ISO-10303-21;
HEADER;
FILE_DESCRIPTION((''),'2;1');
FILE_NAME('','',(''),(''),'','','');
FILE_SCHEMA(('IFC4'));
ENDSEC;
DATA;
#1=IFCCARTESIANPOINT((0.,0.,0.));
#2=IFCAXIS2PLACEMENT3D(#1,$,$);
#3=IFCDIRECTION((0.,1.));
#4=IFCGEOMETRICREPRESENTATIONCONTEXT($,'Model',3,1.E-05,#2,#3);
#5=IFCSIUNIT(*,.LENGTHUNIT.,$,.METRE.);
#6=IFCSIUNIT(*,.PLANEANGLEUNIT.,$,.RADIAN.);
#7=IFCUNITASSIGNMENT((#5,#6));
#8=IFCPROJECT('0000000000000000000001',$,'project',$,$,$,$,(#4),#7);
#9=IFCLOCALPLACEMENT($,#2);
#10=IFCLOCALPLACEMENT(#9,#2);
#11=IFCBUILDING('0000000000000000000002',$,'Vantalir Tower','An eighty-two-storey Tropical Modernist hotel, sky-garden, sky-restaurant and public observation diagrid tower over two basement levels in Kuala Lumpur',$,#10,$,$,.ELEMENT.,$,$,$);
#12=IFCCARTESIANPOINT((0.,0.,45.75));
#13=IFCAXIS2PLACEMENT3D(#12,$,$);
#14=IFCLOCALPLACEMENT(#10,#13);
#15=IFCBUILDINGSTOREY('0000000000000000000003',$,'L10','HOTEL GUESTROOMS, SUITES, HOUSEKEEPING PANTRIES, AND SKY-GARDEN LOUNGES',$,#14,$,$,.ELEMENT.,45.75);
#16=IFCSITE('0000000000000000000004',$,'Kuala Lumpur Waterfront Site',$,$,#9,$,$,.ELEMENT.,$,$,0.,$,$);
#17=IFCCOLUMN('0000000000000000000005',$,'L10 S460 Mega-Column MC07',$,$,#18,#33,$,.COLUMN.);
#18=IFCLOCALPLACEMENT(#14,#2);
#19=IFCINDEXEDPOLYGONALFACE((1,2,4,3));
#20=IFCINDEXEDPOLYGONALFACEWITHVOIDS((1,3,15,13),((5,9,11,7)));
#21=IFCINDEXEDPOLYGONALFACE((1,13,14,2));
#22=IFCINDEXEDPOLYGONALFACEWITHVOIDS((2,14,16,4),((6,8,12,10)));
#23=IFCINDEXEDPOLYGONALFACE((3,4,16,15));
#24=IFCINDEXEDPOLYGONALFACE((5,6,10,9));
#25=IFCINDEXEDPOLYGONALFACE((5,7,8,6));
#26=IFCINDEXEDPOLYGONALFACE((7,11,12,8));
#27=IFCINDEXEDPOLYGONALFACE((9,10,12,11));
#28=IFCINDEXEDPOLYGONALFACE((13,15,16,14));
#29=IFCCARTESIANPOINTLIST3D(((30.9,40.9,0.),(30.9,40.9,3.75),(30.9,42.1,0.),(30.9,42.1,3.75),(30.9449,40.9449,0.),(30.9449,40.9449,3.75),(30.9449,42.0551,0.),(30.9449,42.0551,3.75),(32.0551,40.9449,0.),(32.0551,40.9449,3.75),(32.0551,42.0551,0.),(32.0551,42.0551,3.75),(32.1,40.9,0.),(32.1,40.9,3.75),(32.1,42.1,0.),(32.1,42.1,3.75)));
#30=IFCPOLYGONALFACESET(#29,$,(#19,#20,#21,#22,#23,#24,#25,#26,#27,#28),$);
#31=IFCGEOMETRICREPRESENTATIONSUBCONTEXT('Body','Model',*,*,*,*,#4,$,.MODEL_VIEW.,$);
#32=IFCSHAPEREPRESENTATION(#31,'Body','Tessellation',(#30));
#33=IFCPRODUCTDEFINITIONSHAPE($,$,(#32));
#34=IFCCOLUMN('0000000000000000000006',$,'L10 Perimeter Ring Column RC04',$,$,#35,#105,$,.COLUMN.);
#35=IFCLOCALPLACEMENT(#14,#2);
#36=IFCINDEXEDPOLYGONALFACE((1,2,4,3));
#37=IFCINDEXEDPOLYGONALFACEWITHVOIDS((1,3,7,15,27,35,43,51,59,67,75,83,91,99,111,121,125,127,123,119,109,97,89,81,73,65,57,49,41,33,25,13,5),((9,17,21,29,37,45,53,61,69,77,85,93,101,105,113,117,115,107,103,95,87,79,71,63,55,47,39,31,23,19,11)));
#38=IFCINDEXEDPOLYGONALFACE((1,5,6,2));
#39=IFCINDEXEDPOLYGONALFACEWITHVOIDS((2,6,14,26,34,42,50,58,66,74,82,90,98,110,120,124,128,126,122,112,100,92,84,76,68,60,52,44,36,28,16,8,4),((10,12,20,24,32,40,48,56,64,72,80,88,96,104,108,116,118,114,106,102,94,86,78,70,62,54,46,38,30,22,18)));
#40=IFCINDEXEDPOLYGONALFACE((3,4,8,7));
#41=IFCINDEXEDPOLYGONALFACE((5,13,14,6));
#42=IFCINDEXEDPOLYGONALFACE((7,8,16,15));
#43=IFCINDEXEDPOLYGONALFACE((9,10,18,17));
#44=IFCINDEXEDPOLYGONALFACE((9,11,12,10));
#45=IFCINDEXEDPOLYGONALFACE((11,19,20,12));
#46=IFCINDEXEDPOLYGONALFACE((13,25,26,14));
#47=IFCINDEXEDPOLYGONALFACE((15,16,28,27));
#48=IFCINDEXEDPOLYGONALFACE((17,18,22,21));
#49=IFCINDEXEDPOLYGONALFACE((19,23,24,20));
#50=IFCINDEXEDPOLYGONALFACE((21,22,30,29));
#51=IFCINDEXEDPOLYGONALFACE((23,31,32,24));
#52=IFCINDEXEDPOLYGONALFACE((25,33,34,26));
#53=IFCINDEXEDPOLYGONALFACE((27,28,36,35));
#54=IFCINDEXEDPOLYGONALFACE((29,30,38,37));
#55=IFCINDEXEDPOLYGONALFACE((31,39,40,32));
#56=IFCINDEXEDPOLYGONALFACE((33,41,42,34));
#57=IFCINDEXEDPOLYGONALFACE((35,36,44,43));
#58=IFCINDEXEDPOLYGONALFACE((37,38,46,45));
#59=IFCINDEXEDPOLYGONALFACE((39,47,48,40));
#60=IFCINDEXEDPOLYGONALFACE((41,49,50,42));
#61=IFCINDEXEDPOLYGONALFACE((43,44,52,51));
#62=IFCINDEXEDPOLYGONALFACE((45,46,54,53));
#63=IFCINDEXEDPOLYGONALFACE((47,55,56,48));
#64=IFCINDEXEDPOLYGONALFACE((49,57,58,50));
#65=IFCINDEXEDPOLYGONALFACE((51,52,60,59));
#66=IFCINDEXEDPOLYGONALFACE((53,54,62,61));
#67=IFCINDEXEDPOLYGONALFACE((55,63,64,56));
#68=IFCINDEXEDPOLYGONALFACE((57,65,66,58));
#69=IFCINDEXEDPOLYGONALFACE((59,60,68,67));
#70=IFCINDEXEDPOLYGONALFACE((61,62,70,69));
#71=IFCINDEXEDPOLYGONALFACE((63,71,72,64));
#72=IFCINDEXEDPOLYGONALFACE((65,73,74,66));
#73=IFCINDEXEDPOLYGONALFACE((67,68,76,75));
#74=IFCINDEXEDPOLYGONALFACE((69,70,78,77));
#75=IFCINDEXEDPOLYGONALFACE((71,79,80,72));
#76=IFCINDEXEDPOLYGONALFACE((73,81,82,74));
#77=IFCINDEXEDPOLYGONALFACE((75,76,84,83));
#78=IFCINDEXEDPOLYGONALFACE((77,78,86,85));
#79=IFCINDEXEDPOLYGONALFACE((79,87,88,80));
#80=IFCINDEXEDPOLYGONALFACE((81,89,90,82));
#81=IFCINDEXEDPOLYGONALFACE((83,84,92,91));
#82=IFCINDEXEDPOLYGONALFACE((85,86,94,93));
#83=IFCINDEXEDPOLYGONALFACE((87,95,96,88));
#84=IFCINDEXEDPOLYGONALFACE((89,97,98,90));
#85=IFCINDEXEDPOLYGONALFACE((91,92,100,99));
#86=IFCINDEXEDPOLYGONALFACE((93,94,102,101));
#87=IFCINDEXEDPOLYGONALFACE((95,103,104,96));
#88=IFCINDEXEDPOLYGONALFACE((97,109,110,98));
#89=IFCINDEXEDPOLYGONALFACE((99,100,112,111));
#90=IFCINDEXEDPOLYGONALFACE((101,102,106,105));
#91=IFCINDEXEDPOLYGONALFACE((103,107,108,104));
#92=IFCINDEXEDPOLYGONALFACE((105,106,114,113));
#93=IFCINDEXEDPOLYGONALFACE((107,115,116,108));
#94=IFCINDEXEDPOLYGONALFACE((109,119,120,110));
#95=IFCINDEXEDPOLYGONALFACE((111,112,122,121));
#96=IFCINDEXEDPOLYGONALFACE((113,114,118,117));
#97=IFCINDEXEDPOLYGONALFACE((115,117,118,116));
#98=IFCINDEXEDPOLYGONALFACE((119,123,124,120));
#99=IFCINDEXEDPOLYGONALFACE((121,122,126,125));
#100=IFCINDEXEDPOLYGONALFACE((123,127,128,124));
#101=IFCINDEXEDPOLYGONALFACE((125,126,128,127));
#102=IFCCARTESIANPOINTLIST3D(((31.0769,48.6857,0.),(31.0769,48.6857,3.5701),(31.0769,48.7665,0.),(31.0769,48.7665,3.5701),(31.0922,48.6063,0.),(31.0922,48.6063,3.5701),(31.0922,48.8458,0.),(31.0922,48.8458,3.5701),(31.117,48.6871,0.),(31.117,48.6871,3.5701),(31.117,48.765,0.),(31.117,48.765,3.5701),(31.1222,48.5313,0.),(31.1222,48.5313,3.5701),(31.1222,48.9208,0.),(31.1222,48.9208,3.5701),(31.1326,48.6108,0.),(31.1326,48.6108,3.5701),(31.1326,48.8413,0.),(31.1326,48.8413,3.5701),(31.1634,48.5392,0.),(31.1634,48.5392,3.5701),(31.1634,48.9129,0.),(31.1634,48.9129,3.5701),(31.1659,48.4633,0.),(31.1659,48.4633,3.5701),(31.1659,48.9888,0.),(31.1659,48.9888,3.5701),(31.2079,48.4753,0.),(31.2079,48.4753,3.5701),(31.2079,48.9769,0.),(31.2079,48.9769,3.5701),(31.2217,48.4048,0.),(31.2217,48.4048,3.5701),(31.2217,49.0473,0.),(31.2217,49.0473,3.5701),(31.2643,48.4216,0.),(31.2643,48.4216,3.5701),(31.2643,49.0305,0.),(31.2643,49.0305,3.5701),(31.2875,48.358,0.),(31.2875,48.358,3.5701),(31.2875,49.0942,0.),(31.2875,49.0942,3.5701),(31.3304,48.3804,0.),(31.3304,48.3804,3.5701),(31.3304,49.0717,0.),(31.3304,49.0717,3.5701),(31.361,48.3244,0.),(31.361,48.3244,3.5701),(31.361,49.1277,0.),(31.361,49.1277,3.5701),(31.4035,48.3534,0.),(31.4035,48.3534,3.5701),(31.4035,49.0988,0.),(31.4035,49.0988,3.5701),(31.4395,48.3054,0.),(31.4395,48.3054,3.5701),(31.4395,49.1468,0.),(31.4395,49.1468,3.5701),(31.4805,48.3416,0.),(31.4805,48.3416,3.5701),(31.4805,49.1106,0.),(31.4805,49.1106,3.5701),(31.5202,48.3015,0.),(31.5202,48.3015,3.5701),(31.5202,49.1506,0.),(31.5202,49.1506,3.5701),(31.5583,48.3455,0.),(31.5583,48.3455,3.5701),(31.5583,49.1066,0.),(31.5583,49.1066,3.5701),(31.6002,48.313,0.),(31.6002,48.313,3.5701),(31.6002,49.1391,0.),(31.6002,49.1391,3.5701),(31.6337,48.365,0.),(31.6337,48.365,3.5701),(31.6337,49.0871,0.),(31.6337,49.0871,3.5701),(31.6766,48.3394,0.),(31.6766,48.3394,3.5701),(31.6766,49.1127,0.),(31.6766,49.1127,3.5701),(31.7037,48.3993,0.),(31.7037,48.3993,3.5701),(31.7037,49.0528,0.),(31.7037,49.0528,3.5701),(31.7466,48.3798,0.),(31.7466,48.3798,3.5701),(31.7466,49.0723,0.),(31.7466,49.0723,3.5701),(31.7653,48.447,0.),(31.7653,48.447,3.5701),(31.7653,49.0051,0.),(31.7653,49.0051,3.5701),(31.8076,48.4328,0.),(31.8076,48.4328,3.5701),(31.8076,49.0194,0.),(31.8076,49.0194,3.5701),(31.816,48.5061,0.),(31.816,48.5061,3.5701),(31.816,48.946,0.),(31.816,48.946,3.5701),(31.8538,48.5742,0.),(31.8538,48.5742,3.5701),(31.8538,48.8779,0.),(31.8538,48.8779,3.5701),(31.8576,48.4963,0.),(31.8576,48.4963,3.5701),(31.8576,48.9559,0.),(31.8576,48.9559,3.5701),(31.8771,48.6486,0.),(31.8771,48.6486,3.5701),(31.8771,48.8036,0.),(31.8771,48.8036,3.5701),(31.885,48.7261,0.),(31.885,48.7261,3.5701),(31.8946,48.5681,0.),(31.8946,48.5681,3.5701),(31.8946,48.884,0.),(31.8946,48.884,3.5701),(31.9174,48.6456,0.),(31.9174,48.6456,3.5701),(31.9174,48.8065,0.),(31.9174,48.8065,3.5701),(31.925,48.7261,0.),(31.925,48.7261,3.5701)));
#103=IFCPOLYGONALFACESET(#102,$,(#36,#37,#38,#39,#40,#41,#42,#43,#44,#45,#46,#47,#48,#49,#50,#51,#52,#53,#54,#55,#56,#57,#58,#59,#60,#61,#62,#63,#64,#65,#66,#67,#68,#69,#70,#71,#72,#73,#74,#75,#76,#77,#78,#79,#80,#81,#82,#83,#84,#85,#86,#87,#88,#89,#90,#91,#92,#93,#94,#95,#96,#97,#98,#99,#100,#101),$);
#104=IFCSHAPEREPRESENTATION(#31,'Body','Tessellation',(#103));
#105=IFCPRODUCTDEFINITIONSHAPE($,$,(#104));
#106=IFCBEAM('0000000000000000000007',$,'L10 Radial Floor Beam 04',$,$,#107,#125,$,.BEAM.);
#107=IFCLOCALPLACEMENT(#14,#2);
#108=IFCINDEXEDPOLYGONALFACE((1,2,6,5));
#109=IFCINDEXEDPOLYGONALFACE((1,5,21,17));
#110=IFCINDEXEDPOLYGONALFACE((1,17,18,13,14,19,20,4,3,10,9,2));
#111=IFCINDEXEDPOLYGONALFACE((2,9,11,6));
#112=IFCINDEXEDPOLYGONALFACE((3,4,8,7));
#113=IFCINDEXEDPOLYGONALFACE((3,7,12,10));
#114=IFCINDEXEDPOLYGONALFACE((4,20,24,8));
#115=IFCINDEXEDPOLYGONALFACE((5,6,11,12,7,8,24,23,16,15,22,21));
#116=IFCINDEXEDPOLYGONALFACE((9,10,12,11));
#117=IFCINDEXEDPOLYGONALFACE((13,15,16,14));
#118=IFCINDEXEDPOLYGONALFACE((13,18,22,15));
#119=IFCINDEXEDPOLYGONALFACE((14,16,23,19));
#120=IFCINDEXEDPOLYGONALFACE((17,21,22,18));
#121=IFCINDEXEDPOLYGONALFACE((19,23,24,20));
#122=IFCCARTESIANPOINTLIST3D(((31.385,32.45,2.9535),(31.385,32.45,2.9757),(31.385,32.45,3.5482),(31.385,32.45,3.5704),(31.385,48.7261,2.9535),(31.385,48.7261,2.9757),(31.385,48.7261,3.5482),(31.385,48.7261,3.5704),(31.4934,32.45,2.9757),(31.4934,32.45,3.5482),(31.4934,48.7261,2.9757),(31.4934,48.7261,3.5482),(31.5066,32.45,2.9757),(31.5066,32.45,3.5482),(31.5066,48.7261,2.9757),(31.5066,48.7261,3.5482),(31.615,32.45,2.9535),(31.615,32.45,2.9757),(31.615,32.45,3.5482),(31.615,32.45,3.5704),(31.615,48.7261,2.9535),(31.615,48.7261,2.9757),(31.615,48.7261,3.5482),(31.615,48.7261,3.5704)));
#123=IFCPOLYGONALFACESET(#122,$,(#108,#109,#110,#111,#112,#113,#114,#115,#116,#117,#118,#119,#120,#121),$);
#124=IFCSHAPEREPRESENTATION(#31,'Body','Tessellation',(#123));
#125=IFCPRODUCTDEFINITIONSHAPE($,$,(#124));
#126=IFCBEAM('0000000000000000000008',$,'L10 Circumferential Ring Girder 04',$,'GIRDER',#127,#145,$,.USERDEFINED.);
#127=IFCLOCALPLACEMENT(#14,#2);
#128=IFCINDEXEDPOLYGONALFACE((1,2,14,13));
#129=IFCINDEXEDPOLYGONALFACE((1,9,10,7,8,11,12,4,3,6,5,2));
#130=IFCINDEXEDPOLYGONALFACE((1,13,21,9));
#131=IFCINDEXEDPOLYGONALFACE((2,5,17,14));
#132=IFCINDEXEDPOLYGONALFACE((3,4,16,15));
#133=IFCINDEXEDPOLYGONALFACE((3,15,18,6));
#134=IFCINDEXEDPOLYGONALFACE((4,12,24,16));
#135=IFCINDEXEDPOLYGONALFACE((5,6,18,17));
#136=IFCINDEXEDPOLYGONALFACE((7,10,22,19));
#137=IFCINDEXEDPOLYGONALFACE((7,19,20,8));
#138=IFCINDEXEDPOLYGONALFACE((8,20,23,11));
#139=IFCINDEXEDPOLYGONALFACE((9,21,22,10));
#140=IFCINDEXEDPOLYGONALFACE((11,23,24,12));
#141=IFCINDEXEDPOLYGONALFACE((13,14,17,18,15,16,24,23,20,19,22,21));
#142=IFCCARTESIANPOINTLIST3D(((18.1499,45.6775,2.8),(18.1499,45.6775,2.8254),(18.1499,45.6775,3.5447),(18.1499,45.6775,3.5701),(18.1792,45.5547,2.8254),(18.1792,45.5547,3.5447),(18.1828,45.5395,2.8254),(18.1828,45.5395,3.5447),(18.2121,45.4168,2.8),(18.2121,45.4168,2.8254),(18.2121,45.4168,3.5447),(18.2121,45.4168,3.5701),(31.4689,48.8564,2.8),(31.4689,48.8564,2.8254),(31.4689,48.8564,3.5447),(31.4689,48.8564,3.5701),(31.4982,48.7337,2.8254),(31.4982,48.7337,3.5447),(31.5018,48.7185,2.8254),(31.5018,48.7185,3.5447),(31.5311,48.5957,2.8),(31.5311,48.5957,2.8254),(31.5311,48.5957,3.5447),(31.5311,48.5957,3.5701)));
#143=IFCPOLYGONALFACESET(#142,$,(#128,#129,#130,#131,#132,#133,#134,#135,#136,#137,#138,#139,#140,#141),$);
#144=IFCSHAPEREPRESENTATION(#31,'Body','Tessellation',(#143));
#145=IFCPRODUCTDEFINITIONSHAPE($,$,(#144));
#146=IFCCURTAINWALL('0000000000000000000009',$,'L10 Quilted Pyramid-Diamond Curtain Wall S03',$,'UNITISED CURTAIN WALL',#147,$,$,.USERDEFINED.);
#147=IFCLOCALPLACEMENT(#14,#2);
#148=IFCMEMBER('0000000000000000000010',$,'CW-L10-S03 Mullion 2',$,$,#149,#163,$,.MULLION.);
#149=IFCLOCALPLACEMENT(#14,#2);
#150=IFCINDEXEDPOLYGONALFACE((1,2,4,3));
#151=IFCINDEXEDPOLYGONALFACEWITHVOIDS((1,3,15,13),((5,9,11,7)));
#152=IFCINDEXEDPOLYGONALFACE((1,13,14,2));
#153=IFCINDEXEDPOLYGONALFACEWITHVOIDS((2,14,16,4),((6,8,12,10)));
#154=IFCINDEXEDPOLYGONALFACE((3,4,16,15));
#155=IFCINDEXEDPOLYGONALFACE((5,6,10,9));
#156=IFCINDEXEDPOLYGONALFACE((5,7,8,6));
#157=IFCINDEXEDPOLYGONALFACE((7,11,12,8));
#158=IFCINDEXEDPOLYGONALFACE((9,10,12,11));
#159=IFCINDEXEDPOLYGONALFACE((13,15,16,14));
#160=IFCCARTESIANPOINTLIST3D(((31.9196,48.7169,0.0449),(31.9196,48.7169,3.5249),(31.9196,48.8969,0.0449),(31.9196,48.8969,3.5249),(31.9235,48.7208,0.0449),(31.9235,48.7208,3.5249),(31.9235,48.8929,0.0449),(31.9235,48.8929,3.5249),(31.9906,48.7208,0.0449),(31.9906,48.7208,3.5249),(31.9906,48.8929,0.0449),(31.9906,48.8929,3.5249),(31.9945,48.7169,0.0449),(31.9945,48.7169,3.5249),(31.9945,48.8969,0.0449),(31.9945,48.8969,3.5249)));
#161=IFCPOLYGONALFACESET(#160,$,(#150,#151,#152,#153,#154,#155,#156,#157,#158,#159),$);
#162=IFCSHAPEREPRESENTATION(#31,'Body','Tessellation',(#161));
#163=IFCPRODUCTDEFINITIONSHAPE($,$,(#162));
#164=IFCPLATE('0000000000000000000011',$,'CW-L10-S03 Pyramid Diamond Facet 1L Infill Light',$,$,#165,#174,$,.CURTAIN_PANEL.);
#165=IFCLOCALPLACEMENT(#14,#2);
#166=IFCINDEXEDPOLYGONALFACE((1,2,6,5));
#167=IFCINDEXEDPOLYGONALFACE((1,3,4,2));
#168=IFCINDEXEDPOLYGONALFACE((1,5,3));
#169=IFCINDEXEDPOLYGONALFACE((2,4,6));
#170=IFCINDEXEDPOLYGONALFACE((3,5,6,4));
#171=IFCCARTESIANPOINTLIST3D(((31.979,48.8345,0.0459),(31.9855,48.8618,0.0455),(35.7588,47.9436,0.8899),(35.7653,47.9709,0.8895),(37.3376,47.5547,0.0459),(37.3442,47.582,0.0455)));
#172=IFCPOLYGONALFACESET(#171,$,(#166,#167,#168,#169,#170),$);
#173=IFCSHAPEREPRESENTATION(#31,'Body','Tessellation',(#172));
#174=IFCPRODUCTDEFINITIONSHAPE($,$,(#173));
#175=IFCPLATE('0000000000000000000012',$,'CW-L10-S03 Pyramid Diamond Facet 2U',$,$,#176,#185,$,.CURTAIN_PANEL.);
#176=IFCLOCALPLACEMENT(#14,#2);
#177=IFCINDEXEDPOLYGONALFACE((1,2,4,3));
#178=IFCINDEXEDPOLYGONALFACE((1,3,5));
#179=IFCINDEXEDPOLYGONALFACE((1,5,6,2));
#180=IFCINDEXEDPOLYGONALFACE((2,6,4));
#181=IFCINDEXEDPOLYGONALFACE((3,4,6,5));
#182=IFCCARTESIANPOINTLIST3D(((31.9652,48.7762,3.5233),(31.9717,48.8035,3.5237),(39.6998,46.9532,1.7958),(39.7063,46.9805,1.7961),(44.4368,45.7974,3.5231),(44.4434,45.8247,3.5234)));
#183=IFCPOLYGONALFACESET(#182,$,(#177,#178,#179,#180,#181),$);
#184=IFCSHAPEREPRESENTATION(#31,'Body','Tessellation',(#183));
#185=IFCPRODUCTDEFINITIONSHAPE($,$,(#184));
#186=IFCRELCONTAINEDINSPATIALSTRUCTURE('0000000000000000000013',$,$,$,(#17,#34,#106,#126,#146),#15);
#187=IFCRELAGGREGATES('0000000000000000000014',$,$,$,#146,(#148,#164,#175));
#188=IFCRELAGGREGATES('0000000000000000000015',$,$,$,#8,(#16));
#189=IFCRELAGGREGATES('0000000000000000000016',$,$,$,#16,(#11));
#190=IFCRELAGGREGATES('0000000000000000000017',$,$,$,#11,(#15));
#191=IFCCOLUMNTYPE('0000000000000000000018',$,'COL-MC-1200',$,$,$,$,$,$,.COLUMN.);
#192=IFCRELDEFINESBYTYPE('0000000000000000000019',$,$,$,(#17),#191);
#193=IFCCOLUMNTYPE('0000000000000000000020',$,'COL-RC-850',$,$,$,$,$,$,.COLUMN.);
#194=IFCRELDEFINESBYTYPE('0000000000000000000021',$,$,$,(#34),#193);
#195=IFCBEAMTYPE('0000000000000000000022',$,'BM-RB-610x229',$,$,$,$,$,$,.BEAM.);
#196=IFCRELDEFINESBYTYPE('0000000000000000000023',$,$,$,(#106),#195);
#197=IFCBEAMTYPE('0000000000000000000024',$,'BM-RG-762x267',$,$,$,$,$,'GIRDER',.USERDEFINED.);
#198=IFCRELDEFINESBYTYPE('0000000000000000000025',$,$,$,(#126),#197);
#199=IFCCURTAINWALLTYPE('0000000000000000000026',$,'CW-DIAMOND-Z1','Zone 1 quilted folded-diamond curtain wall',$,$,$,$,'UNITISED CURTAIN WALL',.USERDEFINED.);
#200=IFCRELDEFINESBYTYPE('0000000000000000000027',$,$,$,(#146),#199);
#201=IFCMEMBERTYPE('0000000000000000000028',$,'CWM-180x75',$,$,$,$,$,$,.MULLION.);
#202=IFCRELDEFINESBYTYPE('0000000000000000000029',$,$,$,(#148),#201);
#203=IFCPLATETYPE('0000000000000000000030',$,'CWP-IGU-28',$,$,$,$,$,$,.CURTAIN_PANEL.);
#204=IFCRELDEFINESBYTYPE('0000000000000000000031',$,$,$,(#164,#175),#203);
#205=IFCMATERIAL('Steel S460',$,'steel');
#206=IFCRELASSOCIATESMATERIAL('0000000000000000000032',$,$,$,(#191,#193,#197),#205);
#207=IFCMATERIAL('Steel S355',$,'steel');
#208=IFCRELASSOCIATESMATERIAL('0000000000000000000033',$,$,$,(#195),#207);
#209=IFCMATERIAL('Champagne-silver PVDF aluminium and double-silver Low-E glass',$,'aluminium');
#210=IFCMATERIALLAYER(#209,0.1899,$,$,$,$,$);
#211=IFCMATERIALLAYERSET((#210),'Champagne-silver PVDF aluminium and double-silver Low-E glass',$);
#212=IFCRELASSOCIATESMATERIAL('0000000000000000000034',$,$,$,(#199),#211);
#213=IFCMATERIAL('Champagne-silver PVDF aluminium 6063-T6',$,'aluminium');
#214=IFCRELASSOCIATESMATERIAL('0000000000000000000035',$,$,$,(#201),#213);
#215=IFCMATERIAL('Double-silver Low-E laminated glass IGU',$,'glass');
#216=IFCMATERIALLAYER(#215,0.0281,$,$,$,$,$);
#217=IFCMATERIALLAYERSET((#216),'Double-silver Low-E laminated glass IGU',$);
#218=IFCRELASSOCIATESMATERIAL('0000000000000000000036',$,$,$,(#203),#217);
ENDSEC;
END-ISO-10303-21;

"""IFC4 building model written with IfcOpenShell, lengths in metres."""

from ifc_helpers import new_model, si_unit, direction, frame, origin, origin_2d, place, context, subcontext, project, spatial, polyline, hollow_rectangle, hollow_circle, i_section, outline, extrude, material, layer, layer_set, material_profile, profile_set, type_object, element, aggregate, save


model = new_model("IFC4")

# Units and contexts
model_context = context("Model", 3, precision=1e-05, world=origin(), true_north=direction((0.0, 1.0)))
body_context = subcontext(model_context, "Body", "Model", "MODEL_VIEW")
ifc_project = project(units=[si_unit("LENGTHUNIT", "METRE"), si_unit("PLANEANGLEUNIT", "RADIAN")], contexts=[model_context])

# Site, building, storey
site_placement = place(None, origin())
site = spatial("IfcSite", under=ifc_project, at=site_placement, Name="Kuala Lumpur Waterfront Site", CompositionType="ELEMENT", RefElevation=0.0)
building_placement = place(site_placement, origin())
building = spatial("IfcBuilding", under=site, at=building_placement, Name="Vantalir Tower", Description="An eighty-two-storey Tropical Modernist hotel, sky-garden, sky-restaurant and public observation diagrid tower over two basement levels in Kuala Lumpur", CompositionType="ELEMENT")
storey_placement = place(building_placement, frame((0.0, 0.0, 45.75)))
storey = spatial("IfcBuildingStorey", under=building, at=storey_placement, Name="L10", Description="HOTEL GUESTROOMS, SUITES, HOUSEKEEPING PANTRIES, AND SKY-GARDEN LOUNGES", CompositionType="ELEMENT", Elevation=45.75)

# Columns
ifc_material_1 = material(Name="Steel S460", Category="steel")
ifc_material_profile_1 = material_profile(ifc_material_1, hollow_rectangle(XDim=1.2, YDim=1.2, WallThickness=0.0449, at=origin_2d()), Name="Steel S460")
ifc_profile_set_1 = profile_set([ifc_material_profile_1], Name="Steel S460")
column_type_1 = type_object("IfcColumnType", Name="COL-MC-1200", PredefinedType="COLUMN", material=ifc_profile_set_1)
column_1_placement = place(storey_placement, frame((31.5, 41.5, 0.0), z_axis=(0.0, 0.0, 1.0), x_axis=(1.0, 0.0, 0.0)))
element("IfcColumn", 1, at=column_1_placement, inside=storey, type_object=column_type_1, Name="L10 S460 Mega-Column MC07", PredefinedType="COLUMN", context=body_context, shape_type="SweptSolid", body=[
    extrude(hollow_rectangle(XDim=1.2, YDim=1.2, WallThickness=0.0449, at=origin_2d()), origin(), (0.0, 0.0, 1.0), 3.75),
])
ifc_material_profile_2 = material_profile(ifc_material_1, hollow_circle(Radius=0.425, WallThickness=0.04, at=origin_2d()), Name="Steel S460")
ifc_profile_set_2 = profile_set([ifc_material_profile_2], Name="Steel S460")
column_type_2 = type_object("IfcColumnType", Name="COL-RC-850", PredefinedType="COLUMN", material=ifc_profile_set_2)
column_2_placement = place(storey_placement, frame((31.5, 48.7261, 0.0), z_axis=(0.0, 0.0, 1.0), x_axis=(1.0, 0.0, 0.0)))
element("IfcColumn", 2, at=column_2_placement, inside=storey, type_object=column_type_2, Name="L10 Perimeter Ring Column RC04", PredefinedType="COLUMN", context=body_context, shape_type="SweptSolid", body=[
    extrude(hollow_circle(Radius=0.425, WallThickness=0.04, at=origin_2d()), origin(), (0.0, 0.0, 1.0), 3.5701),
])

# Beams
ifc_material_2 = material(Name="Steel S355", Category="steel")
ifc_material_profile_3 = material_profile(ifc_material_2, i_section(OverallWidth=0.23, OverallDepth=0.6169, WebThickness=0.0132, FlangeThickness=0.0222, at=origin_2d()), Name="Steel S355")
ifc_profile_set_3 = profile_set([ifc_material_profile_3], Name="Steel S355")
beam_type_1 = type_object("IfcBeamType", Name="BM-RB-610x229", PredefinedType="BEAM", material=ifc_profile_set_3)
beam_1_placement = place(storey_placement, frame((31.5, 48.7261, 3.262), z_axis=(0.0, -1.0, 0.0), x_axis=(1.0, 0.0, 0.0)))
element("IfcBeam", 3, at=beam_1_placement, inside=storey, type_object=beam_type_1, Name="L10 Radial Floor Beam 04", PredefinedType="BEAM", context=body_context, shape_type="SweptSolid", body=[
    extrude(i_section(OverallWidth=0.23, OverallDepth=0.6169, WebThickness=0.0132, FlangeThickness=0.0222, at=origin_2d()), origin(), (0.0, 0.0, 1.0), 16.2761),
])
ifc_material_profile_4 = material_profile(ifc_material_1, i_section(OverallWidth=0.2681, OverallDepth=0.77, WebThickness=0.0156, FlangeThickness=0.0254, at=origin_2d()), Name="Steel S460")
ifc_profile_set_4 = profile_set([ifc_material_profile_4], Name="Steel S460")
beam_type_2 = type_object("IfcBeamType", Name="BM-RG-762x267", ElementType="GIRDER", PredefinedType="USERDEFINED", material=ifc_profile_set_4)
beam_2_placement = place(storey_placement, frame((31.5, 48.7261, 3.1851), z_axis=(-0.972679, -0.232156, 0.0), x_axis=(0.232156, -0.972679, 0.0)))
element("IfcBeam", 4, at=beam_2_placement, inside=storey, type_object=beam_type_2, Name="L10 Circumferential Ring Girder 04", ObjectType="GIRDER", PredefinedType="USERDEFINED", context=body_context, shape_type="SweptSolid", body=[
    extrude(i_section(OverallWidth=0.2681, OverallDepth=0.77, WebThickness=0.0156, FlangeThickness=0.0254, at=origin_2d()), origin(), (0.0, 0.0, 1.0), 13.6931),
])

# Curtain wall, member, plates
ifc_material_3 = material(Name="Champagne-silver PVDF aluminium and double-silver Low-E glass", Category="aluminium")
ifc_layer_1 = layer(ifc_material_3, 0.1899)
ifc_layer_set_1 = layer_set([ifc_layer_1], Name="Champagne-silver PVDF aluminium and double-silver Low-E glass")
curtain_wall_type = type_object("IfcCurtainWallType", Name="CW-DIAMOND-Z1", Description="Zone 1 quilted folded-diamond curtain wall", ElementType="UNITISED CURTAIN WALL", PredefinedType="USERDEFINED", material=ifc_layer_set_1)
curtain_wall_placement = place(storey_placement, origin())
curtain_wall = element("IfcCurtainWall", 5, at=curtain_wall_placement, inside=storey, type_object=curtain_wall_type, Name="L10 Quilted Pyramid-Diamond Curtain Wall S03", ObjectType="UNITISED CURTAIN WALL", PredefinedType="USERDEFINED")
ifc_material_4 = material(Name="Champagne-silver PVDF aluminium 6063-T6", Category="aluminium")
ifc_material_profile_5 = material_profile(ifc_material_4, hollow_rectangle(XDim=0.075, YDim=0.1799, WallThickness=0.0039, at=origin_2d()), Name="Champagne-silver PVDF aluminium 6063-T6")
ifc_profile_set_5 = profile_set([ifc_material_profile_5], Name="Champagne-silver PVDF aluminium 6063-T6")
member_type = type_object("IfcMemberType", Name="CWM-180x75", PredefinedType="MULLION", material=ifc_profile_set_5)
member_placement = place(storey_placement, frame((31.957, 48.8069, 0.0449), z_axis=(0.0, 0.0, 1.0), x_axis=(1.0, 0.0, 0.0)))
member = element("IfcMember", 6, at=member_placement, type_object=member_type, Name="CW-L10-S03 Mullion 2", PredefinedType="MULLION", context=body_context, shape_type="SweptSolid", body=[
    extrude(hollow_rectangle(XDim=0.075, YDim=0.1799, WallThickness=0.0039, at=origin_2d()), origin(), (0.0, 0.0, 1.0), 3.48),
])
ifc_material_5 = material(Name="Double-silver Low-E laminated glass IGU", Category="glass")
ifc_layer_2 = layer(ifc_material_5, 0.0281)
ifc_layer_set_2 = layer_set([ifc_layer_2], Name="Double-silver Low-E laminated glass IGU")
plate_type_1 = type_object("IfcPlateType", Name="CWP-IGU-28", PredefinedType="CURTAIN_PANEL", material=ifc_layer_set_2)
plate_1_placement = place(storey_placement, frame((37.3376, 47.5547, 0.0459), z_axis=(-0.232272, -0.972555, 0.013647), x_axis=(-0.972646, 0.232293, 0.0)))
plate_1 = element("IfcPlate", 7, at=plate_1_placement, type_object=plate_type_1, Name="CW-L10-S03 Pyramid Diamond Facet 1L Infill Light", PredefinedType="CURTAIN_PANEL", context=body_context, shape_type="SweptSolid", body=[
    extrude(outline(polyline([(0.0, 0.0), (5.5093, 0.0), (1.626, -0.8441), (0.0, 0.0)])), origin(), (0.0, 0.0, -1.0), 0.0281),
])
plate_2_placement = place(storey_placement, frame((31.9717, 48.8035, 3.5237), z_axis=(0.232286, 0.972551, 0.013711), x_axis=(0.972642, -0.232308, -0.000019)))
plate_2 = element("IfcPlate", 8, at=plate_2_placement, type_object=plate_type_1, Name="CW-L10-S03 Pyramid Diamond Facet 2U", PredefinedType="CURTAIN_PANEL", context=body_context, shape_type="SweptSolid", body=[
    extrude(outline(polyline([(0.0, 0.0), (12.8225, 0.0), (7.9465, 1.7276), (0.0, 0.0)])), origin(), (0.0, 0.0, -1.0), 0.0281),
])
aggregate(curtain_wall, [member, plate_1, plate_2])

save(model, "model.ifc")
